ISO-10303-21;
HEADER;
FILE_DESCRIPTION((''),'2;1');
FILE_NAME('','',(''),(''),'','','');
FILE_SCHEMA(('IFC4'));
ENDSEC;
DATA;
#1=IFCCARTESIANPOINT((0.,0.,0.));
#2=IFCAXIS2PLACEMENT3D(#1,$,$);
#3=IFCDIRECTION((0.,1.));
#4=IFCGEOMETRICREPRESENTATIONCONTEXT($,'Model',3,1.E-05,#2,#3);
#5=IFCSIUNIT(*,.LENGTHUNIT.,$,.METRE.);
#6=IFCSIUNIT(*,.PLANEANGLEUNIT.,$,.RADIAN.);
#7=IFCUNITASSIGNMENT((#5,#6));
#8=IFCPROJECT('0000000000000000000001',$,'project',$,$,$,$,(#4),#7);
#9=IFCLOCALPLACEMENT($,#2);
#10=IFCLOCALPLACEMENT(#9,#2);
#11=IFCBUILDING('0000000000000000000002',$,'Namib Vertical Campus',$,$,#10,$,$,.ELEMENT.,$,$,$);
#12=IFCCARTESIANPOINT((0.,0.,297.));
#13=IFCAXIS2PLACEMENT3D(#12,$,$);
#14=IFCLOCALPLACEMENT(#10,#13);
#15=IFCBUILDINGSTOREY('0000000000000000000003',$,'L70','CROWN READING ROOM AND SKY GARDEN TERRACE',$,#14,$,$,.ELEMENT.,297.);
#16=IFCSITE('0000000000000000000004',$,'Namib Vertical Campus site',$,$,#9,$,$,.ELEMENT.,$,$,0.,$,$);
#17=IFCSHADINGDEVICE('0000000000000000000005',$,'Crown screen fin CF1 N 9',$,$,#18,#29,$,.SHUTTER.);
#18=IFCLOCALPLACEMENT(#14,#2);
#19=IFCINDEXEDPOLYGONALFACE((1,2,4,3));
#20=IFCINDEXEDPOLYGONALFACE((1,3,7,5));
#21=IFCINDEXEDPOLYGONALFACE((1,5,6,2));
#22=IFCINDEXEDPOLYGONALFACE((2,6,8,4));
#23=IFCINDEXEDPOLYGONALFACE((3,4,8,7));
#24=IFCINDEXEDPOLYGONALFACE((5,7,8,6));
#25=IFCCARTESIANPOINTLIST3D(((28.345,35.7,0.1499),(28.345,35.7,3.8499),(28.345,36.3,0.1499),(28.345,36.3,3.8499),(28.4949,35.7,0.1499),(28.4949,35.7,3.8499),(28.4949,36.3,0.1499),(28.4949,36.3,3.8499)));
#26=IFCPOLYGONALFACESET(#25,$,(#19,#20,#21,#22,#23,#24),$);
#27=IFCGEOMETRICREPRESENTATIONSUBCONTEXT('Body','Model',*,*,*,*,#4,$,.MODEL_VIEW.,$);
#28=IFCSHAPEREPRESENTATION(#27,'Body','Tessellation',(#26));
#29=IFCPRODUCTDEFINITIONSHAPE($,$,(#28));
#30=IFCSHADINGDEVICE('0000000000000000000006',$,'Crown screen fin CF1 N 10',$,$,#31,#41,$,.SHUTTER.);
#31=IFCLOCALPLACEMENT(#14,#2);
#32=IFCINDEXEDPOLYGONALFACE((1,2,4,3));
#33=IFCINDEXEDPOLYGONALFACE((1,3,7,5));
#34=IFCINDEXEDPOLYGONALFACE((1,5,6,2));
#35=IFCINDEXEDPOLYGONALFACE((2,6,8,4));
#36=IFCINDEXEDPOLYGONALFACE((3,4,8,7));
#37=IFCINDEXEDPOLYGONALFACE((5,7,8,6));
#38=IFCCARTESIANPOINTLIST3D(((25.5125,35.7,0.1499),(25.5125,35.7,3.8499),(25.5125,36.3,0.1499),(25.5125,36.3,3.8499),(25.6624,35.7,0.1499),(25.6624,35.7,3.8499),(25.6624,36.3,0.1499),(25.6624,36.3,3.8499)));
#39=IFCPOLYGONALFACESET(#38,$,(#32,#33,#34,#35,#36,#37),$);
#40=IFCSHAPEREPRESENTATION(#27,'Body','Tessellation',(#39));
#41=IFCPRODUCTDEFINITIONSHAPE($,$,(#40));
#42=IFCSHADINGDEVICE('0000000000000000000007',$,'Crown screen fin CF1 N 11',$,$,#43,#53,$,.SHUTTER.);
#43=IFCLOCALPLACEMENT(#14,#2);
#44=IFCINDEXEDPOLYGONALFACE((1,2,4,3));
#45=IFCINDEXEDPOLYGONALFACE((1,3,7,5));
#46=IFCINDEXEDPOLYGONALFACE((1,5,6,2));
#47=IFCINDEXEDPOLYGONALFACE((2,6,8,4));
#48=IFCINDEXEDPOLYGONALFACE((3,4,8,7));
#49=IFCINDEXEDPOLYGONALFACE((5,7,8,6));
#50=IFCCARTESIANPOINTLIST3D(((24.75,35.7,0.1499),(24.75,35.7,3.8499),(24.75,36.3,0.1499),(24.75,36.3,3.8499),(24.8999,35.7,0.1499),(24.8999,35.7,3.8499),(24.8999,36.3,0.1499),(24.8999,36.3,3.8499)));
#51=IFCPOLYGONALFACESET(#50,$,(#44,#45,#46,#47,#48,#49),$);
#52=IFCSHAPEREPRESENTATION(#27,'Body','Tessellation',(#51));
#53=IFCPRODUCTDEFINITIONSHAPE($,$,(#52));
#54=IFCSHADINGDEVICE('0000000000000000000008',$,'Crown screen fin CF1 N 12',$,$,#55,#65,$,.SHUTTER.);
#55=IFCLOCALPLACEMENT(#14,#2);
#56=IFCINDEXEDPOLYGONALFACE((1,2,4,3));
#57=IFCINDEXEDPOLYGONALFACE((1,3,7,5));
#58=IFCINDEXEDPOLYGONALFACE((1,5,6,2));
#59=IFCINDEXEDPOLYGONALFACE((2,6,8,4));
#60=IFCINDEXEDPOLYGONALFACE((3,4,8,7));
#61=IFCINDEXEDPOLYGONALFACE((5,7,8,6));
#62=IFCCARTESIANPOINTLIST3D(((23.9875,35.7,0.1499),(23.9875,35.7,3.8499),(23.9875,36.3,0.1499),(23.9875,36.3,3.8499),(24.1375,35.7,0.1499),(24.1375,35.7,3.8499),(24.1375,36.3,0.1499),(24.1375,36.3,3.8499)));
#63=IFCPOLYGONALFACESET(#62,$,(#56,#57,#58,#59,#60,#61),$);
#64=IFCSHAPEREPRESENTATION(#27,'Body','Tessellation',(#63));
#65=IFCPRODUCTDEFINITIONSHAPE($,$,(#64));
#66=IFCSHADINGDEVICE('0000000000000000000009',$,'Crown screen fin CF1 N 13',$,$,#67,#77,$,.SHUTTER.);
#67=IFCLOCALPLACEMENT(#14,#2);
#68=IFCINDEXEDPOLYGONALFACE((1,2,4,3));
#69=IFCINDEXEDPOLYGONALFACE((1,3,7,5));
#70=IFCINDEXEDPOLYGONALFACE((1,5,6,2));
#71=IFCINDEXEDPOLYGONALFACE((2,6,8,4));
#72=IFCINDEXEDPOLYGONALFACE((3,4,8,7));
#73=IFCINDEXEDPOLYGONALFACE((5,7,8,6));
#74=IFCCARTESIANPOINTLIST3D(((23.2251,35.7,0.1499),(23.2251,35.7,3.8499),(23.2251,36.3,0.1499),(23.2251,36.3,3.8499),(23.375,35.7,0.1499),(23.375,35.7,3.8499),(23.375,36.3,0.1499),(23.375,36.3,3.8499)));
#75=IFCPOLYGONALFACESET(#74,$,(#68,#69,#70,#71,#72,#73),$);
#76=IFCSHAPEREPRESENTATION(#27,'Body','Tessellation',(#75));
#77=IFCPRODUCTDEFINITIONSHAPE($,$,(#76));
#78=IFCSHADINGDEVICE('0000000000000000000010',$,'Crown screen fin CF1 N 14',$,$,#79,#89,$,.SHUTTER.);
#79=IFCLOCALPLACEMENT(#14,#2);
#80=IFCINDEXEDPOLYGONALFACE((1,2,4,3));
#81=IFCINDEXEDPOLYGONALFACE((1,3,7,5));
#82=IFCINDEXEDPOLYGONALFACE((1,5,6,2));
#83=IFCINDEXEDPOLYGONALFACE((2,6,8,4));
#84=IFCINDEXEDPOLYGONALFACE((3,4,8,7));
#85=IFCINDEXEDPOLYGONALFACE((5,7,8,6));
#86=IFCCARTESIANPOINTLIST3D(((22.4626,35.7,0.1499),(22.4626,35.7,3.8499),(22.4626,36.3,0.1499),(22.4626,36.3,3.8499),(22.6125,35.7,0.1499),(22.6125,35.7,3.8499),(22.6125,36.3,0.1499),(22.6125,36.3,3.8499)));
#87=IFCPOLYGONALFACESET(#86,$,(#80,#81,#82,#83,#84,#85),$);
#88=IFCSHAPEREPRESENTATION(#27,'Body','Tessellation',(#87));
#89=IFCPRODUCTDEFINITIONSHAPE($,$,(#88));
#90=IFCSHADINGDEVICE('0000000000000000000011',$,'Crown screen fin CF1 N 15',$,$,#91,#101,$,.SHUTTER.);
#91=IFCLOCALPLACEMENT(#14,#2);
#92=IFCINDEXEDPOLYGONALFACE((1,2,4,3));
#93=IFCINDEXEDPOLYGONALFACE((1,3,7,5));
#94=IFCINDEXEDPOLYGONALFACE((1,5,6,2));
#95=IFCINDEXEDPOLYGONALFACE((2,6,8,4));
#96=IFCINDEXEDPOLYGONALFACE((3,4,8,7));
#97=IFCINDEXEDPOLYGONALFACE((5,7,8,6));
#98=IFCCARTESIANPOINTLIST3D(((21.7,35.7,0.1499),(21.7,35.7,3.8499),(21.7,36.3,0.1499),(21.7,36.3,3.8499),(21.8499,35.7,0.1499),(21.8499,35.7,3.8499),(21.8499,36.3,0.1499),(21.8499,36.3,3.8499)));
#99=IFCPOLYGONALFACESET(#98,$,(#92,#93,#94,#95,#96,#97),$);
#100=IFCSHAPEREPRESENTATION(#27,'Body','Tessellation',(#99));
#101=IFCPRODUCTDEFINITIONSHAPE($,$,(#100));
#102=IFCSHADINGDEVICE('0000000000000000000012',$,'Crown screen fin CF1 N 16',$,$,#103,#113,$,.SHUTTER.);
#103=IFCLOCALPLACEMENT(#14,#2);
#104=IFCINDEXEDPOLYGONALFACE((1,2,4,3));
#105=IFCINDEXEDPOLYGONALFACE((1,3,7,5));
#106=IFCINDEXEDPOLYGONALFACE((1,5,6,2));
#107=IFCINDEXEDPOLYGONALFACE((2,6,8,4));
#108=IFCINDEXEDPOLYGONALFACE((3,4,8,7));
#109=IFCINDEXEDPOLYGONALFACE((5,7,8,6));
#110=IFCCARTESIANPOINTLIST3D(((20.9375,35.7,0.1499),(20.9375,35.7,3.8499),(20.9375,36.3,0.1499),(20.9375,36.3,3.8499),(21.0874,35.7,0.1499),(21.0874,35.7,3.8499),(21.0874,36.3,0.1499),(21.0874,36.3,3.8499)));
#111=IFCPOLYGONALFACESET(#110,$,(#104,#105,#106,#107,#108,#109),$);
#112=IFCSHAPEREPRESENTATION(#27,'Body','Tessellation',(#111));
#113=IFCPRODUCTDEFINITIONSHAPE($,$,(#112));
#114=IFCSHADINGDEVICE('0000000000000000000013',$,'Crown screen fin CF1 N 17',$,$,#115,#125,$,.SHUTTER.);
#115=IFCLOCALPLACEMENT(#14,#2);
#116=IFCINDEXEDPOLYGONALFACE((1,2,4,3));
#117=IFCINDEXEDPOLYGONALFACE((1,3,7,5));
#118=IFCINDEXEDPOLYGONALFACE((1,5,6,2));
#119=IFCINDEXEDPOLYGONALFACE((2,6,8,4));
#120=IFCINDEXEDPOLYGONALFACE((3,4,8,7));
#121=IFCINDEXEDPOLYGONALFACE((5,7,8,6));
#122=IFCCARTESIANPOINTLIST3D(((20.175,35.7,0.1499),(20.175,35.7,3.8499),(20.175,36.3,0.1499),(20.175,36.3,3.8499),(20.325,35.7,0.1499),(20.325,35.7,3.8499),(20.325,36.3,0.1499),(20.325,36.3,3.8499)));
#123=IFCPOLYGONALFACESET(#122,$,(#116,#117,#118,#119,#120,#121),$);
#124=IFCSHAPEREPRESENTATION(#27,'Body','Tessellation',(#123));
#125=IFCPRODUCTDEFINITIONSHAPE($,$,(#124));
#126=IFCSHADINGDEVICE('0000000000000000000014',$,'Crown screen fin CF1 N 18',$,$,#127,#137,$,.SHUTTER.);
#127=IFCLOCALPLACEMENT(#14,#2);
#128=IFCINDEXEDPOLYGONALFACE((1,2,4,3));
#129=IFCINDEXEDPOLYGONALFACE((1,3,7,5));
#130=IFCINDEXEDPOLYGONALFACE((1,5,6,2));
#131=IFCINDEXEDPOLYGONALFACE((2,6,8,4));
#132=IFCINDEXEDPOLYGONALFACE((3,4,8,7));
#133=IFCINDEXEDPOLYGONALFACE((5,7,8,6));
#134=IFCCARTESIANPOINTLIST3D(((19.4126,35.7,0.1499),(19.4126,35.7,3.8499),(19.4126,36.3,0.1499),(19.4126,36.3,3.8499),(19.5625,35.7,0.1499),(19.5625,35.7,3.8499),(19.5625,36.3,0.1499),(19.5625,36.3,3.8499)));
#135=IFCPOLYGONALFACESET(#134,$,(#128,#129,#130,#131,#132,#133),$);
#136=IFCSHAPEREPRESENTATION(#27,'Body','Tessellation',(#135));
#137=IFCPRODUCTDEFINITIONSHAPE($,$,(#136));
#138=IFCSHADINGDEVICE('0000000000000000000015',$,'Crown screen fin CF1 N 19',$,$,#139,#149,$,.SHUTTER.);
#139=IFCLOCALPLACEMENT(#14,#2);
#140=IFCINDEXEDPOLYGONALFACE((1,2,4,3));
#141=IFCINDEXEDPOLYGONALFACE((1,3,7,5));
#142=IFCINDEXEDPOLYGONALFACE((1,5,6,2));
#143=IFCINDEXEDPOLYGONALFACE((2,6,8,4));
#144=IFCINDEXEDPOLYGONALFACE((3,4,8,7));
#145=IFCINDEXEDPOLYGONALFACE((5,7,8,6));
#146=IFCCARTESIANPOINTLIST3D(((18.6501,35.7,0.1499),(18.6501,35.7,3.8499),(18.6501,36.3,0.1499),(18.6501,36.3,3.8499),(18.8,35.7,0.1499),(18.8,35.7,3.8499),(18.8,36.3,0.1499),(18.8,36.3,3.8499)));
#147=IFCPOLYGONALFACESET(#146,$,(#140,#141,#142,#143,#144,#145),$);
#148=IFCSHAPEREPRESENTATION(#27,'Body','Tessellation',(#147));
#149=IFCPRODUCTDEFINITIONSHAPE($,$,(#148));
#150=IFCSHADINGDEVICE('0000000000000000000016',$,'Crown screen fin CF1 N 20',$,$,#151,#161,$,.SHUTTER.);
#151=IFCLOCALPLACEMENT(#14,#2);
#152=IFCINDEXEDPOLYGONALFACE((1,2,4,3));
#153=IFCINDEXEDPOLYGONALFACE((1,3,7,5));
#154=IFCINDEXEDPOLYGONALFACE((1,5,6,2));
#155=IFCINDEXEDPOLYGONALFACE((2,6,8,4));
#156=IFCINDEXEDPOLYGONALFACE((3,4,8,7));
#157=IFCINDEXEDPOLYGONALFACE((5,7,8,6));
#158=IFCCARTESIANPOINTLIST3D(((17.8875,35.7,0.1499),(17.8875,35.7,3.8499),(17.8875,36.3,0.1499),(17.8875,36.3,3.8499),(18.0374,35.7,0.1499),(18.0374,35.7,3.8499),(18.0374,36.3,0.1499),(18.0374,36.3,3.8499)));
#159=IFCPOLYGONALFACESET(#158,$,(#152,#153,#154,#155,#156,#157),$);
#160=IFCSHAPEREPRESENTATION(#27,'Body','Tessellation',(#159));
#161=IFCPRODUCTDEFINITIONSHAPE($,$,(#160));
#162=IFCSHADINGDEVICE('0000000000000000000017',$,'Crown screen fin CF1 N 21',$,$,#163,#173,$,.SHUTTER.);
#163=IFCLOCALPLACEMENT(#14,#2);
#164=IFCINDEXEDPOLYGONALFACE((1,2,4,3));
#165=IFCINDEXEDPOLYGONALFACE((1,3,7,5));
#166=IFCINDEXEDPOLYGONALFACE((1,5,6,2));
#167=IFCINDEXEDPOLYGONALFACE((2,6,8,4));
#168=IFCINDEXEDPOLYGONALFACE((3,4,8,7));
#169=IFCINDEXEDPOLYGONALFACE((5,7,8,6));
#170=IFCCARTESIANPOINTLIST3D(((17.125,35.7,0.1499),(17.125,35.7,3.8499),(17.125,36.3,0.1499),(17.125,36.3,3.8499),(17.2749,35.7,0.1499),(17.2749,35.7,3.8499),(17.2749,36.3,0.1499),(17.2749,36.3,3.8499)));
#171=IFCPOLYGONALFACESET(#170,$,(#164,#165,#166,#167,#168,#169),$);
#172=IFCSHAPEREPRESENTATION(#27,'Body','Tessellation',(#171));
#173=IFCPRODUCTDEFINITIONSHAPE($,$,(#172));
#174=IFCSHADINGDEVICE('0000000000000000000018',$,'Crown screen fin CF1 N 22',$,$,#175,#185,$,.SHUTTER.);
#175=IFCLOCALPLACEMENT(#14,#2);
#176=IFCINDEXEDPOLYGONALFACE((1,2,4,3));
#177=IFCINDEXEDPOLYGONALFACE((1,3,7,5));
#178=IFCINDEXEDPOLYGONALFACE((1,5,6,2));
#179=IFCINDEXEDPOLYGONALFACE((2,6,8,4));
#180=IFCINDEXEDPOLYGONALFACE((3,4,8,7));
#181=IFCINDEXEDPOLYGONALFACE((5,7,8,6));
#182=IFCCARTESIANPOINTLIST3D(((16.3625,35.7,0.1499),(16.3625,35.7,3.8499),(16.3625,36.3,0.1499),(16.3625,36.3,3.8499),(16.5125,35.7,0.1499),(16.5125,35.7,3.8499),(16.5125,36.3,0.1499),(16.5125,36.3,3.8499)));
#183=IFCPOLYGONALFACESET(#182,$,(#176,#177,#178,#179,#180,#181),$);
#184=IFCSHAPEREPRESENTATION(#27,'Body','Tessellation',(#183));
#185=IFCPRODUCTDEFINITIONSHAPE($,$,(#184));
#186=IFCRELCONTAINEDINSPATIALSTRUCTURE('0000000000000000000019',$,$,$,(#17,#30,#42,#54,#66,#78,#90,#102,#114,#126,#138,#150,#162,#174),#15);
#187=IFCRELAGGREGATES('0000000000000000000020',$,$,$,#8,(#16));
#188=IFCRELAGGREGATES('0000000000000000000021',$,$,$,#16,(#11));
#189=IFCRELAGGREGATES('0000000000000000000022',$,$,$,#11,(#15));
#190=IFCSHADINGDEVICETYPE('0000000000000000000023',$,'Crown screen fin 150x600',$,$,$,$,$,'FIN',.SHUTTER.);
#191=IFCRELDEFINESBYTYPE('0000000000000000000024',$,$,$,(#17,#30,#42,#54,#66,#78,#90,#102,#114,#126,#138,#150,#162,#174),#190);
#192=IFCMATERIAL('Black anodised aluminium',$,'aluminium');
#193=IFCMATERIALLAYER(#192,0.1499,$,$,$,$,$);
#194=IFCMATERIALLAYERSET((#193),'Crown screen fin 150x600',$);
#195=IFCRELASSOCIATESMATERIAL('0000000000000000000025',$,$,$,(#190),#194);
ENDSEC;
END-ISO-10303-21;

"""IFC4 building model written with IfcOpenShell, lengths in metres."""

from ifc_helpers import new_model, si_unit, direction, frame, origin, origin_2d, place, context, subcontext, project, spatial, rectangle, extrude, material, layer, layer_set, type_object, element, save


model = new_model("IFC4")

# Units and contexts
model_context = context("Model", 3, precision=1e-05, world=origin(), true_north=direction((0.0, 1.0)))
body_context = subcontext(model_context, "Body", "Model", "MODEL_VIEW")
ifc_project = project(units=[si_unit("LENGTHUNIT", "METRE"), si_unit("PLANEANGLEUNIT", "RADIAN")], contexts=[model_context])

# Site, building, storey
site_placement = place(None, origin())
site = spatial("IfcSite", under=ifc_project, at=site_placement, Name="Namib Vertical Campus site", CompositionType="ELEMENT", RefElevation=0.0)
building_placement = place(site_placement, origin())
building = spatial("IfcBuilding", under=site, at=building_placement, Name="Namib Vertical Campus", CompositionType="ELEMENT")
storey_placement = place(building_placement, frame((0.0, 0.0, 297.0)))
storey = spatial("IfcBuildingStorey", under=building, at=storey_placement, Name="L70", Description="CROWN READING ROOM AND SKY GARDEN TERRACE", CompositionType="ELEMENT", Elevation=297.0)

# Shading devices
ifc_material_1 = material(Name="Black anodised aluminium", Category="aluminium")
ifc_layer = layer(ifc_material_1, 0.1499)
ifc_layer_set = layer_set([ifc_layer], Name="Crown screen fin 150x600")
shading_device_type = type_object("IfcShadingDeviceType", Name="Crown screen fin 150x600", ElementType="FIN", PredefinedType="SHUTTER", material=ifc_layer_set)
for number, where, z_axis, x_axis, name in (
    (1, (28.4199, 36.0, 0.1499), (0.0, 0.0, 1.0), (-1.0, 0.0, 0.0), "Crown screen fin CF1 N 9"),
    (2, (25.5874, 36.0, 0.1499), (0.0, 0.0, 1.0), (-1.0, 0.0, 0.0), "Crown screen fin CF1 N 10"),
    (3, (24.825, 36.0, 0.1499), (0.0, 0.0, 1.0), (-1.0, 0.0, 0.0), "Crown screen fin CF1 N 11"),
    (4, (24.0625, 36.0, 0.1499), (0.0, 0.0, 1.0), (-1.0, 0.0, 0.0), "Crown screen fin CF1 N 12"),
    (5, (23.3, 36.0, 0.1499), (0.0, 0.0, 1.0), (-1.0, 0.0, 0.0), "Crown screen fin CF1 N 13"),
    (6, (22.5376, 36.0, 0.1499), (0.0, 0.0, 1.0), (-1.0, 0.0, 0.0), "Crown screen fin CF1 N 14"),
    (7, (21.7749, 36.0, 0.1499), (0.0, 0.0, 1.0), (-1.0, 0.0, 0.0), "Crown screen fin CF1 N 15"),
    (8, (21.0125, 36.0, 0.1499), (0.0, 0.0, 1.0), (-1.0, 0.0, 0.0), "Crown screen fin CF1 N 16"),
    (9, (20.25, 36.0, 0.1499), (0.0, 0.0, 1.0), (-1.0, 0.0, 0.0), "Crown screen fin CF1 N 17"),
    (10, (19.4875, 36.0, 0.1499), (0.0, 0.0, 1.0), (-1.0, 0.0, 0.0), "Crown screen fin CF1 N 18"),
    (11, (18.7251, 36.0, 0.1499), (0.0, 0.0, 1.0), (-1.0, 0.0, 0.0), "Crown screen fin CF1 N 19"),
    (12, (17.9624, 36.0, 0.1499), (0.0, 0.0, 1.0), (-1.0, 0.0, 0.0), "Crown screen fin CF1 N 20"),
    (13, (17.2, 36.0, 0.1499), (0.0, 0.0, 1.0), (-1.0, 0.0, 0.0), "Crown screen fin CF1 N 21"),
    (14, (16.4375, 36.0, 0.1499), (0.0, 0.0, 1.0), (-1.0, 0.0, 0.0), "Crown screen fin CF1 N 22"),
):
    element("IfcShadingDevice", number, at=place(storey_placement, frame(where, z_axis=z_axis, x_axis=x_axis)), inside=storey, type_object=shading_device_type, Name=name, PredefinedType="SHUTTER", context=body_context, shape_type="SweptSolid", body=[
        extrude(rectangle(XDim=0.1499, YDim=0.6001, at=origin_2d()), origin(), (0.0, 0.0, 1.0), 3.7),
    ])

save(model, "model.ifc")
